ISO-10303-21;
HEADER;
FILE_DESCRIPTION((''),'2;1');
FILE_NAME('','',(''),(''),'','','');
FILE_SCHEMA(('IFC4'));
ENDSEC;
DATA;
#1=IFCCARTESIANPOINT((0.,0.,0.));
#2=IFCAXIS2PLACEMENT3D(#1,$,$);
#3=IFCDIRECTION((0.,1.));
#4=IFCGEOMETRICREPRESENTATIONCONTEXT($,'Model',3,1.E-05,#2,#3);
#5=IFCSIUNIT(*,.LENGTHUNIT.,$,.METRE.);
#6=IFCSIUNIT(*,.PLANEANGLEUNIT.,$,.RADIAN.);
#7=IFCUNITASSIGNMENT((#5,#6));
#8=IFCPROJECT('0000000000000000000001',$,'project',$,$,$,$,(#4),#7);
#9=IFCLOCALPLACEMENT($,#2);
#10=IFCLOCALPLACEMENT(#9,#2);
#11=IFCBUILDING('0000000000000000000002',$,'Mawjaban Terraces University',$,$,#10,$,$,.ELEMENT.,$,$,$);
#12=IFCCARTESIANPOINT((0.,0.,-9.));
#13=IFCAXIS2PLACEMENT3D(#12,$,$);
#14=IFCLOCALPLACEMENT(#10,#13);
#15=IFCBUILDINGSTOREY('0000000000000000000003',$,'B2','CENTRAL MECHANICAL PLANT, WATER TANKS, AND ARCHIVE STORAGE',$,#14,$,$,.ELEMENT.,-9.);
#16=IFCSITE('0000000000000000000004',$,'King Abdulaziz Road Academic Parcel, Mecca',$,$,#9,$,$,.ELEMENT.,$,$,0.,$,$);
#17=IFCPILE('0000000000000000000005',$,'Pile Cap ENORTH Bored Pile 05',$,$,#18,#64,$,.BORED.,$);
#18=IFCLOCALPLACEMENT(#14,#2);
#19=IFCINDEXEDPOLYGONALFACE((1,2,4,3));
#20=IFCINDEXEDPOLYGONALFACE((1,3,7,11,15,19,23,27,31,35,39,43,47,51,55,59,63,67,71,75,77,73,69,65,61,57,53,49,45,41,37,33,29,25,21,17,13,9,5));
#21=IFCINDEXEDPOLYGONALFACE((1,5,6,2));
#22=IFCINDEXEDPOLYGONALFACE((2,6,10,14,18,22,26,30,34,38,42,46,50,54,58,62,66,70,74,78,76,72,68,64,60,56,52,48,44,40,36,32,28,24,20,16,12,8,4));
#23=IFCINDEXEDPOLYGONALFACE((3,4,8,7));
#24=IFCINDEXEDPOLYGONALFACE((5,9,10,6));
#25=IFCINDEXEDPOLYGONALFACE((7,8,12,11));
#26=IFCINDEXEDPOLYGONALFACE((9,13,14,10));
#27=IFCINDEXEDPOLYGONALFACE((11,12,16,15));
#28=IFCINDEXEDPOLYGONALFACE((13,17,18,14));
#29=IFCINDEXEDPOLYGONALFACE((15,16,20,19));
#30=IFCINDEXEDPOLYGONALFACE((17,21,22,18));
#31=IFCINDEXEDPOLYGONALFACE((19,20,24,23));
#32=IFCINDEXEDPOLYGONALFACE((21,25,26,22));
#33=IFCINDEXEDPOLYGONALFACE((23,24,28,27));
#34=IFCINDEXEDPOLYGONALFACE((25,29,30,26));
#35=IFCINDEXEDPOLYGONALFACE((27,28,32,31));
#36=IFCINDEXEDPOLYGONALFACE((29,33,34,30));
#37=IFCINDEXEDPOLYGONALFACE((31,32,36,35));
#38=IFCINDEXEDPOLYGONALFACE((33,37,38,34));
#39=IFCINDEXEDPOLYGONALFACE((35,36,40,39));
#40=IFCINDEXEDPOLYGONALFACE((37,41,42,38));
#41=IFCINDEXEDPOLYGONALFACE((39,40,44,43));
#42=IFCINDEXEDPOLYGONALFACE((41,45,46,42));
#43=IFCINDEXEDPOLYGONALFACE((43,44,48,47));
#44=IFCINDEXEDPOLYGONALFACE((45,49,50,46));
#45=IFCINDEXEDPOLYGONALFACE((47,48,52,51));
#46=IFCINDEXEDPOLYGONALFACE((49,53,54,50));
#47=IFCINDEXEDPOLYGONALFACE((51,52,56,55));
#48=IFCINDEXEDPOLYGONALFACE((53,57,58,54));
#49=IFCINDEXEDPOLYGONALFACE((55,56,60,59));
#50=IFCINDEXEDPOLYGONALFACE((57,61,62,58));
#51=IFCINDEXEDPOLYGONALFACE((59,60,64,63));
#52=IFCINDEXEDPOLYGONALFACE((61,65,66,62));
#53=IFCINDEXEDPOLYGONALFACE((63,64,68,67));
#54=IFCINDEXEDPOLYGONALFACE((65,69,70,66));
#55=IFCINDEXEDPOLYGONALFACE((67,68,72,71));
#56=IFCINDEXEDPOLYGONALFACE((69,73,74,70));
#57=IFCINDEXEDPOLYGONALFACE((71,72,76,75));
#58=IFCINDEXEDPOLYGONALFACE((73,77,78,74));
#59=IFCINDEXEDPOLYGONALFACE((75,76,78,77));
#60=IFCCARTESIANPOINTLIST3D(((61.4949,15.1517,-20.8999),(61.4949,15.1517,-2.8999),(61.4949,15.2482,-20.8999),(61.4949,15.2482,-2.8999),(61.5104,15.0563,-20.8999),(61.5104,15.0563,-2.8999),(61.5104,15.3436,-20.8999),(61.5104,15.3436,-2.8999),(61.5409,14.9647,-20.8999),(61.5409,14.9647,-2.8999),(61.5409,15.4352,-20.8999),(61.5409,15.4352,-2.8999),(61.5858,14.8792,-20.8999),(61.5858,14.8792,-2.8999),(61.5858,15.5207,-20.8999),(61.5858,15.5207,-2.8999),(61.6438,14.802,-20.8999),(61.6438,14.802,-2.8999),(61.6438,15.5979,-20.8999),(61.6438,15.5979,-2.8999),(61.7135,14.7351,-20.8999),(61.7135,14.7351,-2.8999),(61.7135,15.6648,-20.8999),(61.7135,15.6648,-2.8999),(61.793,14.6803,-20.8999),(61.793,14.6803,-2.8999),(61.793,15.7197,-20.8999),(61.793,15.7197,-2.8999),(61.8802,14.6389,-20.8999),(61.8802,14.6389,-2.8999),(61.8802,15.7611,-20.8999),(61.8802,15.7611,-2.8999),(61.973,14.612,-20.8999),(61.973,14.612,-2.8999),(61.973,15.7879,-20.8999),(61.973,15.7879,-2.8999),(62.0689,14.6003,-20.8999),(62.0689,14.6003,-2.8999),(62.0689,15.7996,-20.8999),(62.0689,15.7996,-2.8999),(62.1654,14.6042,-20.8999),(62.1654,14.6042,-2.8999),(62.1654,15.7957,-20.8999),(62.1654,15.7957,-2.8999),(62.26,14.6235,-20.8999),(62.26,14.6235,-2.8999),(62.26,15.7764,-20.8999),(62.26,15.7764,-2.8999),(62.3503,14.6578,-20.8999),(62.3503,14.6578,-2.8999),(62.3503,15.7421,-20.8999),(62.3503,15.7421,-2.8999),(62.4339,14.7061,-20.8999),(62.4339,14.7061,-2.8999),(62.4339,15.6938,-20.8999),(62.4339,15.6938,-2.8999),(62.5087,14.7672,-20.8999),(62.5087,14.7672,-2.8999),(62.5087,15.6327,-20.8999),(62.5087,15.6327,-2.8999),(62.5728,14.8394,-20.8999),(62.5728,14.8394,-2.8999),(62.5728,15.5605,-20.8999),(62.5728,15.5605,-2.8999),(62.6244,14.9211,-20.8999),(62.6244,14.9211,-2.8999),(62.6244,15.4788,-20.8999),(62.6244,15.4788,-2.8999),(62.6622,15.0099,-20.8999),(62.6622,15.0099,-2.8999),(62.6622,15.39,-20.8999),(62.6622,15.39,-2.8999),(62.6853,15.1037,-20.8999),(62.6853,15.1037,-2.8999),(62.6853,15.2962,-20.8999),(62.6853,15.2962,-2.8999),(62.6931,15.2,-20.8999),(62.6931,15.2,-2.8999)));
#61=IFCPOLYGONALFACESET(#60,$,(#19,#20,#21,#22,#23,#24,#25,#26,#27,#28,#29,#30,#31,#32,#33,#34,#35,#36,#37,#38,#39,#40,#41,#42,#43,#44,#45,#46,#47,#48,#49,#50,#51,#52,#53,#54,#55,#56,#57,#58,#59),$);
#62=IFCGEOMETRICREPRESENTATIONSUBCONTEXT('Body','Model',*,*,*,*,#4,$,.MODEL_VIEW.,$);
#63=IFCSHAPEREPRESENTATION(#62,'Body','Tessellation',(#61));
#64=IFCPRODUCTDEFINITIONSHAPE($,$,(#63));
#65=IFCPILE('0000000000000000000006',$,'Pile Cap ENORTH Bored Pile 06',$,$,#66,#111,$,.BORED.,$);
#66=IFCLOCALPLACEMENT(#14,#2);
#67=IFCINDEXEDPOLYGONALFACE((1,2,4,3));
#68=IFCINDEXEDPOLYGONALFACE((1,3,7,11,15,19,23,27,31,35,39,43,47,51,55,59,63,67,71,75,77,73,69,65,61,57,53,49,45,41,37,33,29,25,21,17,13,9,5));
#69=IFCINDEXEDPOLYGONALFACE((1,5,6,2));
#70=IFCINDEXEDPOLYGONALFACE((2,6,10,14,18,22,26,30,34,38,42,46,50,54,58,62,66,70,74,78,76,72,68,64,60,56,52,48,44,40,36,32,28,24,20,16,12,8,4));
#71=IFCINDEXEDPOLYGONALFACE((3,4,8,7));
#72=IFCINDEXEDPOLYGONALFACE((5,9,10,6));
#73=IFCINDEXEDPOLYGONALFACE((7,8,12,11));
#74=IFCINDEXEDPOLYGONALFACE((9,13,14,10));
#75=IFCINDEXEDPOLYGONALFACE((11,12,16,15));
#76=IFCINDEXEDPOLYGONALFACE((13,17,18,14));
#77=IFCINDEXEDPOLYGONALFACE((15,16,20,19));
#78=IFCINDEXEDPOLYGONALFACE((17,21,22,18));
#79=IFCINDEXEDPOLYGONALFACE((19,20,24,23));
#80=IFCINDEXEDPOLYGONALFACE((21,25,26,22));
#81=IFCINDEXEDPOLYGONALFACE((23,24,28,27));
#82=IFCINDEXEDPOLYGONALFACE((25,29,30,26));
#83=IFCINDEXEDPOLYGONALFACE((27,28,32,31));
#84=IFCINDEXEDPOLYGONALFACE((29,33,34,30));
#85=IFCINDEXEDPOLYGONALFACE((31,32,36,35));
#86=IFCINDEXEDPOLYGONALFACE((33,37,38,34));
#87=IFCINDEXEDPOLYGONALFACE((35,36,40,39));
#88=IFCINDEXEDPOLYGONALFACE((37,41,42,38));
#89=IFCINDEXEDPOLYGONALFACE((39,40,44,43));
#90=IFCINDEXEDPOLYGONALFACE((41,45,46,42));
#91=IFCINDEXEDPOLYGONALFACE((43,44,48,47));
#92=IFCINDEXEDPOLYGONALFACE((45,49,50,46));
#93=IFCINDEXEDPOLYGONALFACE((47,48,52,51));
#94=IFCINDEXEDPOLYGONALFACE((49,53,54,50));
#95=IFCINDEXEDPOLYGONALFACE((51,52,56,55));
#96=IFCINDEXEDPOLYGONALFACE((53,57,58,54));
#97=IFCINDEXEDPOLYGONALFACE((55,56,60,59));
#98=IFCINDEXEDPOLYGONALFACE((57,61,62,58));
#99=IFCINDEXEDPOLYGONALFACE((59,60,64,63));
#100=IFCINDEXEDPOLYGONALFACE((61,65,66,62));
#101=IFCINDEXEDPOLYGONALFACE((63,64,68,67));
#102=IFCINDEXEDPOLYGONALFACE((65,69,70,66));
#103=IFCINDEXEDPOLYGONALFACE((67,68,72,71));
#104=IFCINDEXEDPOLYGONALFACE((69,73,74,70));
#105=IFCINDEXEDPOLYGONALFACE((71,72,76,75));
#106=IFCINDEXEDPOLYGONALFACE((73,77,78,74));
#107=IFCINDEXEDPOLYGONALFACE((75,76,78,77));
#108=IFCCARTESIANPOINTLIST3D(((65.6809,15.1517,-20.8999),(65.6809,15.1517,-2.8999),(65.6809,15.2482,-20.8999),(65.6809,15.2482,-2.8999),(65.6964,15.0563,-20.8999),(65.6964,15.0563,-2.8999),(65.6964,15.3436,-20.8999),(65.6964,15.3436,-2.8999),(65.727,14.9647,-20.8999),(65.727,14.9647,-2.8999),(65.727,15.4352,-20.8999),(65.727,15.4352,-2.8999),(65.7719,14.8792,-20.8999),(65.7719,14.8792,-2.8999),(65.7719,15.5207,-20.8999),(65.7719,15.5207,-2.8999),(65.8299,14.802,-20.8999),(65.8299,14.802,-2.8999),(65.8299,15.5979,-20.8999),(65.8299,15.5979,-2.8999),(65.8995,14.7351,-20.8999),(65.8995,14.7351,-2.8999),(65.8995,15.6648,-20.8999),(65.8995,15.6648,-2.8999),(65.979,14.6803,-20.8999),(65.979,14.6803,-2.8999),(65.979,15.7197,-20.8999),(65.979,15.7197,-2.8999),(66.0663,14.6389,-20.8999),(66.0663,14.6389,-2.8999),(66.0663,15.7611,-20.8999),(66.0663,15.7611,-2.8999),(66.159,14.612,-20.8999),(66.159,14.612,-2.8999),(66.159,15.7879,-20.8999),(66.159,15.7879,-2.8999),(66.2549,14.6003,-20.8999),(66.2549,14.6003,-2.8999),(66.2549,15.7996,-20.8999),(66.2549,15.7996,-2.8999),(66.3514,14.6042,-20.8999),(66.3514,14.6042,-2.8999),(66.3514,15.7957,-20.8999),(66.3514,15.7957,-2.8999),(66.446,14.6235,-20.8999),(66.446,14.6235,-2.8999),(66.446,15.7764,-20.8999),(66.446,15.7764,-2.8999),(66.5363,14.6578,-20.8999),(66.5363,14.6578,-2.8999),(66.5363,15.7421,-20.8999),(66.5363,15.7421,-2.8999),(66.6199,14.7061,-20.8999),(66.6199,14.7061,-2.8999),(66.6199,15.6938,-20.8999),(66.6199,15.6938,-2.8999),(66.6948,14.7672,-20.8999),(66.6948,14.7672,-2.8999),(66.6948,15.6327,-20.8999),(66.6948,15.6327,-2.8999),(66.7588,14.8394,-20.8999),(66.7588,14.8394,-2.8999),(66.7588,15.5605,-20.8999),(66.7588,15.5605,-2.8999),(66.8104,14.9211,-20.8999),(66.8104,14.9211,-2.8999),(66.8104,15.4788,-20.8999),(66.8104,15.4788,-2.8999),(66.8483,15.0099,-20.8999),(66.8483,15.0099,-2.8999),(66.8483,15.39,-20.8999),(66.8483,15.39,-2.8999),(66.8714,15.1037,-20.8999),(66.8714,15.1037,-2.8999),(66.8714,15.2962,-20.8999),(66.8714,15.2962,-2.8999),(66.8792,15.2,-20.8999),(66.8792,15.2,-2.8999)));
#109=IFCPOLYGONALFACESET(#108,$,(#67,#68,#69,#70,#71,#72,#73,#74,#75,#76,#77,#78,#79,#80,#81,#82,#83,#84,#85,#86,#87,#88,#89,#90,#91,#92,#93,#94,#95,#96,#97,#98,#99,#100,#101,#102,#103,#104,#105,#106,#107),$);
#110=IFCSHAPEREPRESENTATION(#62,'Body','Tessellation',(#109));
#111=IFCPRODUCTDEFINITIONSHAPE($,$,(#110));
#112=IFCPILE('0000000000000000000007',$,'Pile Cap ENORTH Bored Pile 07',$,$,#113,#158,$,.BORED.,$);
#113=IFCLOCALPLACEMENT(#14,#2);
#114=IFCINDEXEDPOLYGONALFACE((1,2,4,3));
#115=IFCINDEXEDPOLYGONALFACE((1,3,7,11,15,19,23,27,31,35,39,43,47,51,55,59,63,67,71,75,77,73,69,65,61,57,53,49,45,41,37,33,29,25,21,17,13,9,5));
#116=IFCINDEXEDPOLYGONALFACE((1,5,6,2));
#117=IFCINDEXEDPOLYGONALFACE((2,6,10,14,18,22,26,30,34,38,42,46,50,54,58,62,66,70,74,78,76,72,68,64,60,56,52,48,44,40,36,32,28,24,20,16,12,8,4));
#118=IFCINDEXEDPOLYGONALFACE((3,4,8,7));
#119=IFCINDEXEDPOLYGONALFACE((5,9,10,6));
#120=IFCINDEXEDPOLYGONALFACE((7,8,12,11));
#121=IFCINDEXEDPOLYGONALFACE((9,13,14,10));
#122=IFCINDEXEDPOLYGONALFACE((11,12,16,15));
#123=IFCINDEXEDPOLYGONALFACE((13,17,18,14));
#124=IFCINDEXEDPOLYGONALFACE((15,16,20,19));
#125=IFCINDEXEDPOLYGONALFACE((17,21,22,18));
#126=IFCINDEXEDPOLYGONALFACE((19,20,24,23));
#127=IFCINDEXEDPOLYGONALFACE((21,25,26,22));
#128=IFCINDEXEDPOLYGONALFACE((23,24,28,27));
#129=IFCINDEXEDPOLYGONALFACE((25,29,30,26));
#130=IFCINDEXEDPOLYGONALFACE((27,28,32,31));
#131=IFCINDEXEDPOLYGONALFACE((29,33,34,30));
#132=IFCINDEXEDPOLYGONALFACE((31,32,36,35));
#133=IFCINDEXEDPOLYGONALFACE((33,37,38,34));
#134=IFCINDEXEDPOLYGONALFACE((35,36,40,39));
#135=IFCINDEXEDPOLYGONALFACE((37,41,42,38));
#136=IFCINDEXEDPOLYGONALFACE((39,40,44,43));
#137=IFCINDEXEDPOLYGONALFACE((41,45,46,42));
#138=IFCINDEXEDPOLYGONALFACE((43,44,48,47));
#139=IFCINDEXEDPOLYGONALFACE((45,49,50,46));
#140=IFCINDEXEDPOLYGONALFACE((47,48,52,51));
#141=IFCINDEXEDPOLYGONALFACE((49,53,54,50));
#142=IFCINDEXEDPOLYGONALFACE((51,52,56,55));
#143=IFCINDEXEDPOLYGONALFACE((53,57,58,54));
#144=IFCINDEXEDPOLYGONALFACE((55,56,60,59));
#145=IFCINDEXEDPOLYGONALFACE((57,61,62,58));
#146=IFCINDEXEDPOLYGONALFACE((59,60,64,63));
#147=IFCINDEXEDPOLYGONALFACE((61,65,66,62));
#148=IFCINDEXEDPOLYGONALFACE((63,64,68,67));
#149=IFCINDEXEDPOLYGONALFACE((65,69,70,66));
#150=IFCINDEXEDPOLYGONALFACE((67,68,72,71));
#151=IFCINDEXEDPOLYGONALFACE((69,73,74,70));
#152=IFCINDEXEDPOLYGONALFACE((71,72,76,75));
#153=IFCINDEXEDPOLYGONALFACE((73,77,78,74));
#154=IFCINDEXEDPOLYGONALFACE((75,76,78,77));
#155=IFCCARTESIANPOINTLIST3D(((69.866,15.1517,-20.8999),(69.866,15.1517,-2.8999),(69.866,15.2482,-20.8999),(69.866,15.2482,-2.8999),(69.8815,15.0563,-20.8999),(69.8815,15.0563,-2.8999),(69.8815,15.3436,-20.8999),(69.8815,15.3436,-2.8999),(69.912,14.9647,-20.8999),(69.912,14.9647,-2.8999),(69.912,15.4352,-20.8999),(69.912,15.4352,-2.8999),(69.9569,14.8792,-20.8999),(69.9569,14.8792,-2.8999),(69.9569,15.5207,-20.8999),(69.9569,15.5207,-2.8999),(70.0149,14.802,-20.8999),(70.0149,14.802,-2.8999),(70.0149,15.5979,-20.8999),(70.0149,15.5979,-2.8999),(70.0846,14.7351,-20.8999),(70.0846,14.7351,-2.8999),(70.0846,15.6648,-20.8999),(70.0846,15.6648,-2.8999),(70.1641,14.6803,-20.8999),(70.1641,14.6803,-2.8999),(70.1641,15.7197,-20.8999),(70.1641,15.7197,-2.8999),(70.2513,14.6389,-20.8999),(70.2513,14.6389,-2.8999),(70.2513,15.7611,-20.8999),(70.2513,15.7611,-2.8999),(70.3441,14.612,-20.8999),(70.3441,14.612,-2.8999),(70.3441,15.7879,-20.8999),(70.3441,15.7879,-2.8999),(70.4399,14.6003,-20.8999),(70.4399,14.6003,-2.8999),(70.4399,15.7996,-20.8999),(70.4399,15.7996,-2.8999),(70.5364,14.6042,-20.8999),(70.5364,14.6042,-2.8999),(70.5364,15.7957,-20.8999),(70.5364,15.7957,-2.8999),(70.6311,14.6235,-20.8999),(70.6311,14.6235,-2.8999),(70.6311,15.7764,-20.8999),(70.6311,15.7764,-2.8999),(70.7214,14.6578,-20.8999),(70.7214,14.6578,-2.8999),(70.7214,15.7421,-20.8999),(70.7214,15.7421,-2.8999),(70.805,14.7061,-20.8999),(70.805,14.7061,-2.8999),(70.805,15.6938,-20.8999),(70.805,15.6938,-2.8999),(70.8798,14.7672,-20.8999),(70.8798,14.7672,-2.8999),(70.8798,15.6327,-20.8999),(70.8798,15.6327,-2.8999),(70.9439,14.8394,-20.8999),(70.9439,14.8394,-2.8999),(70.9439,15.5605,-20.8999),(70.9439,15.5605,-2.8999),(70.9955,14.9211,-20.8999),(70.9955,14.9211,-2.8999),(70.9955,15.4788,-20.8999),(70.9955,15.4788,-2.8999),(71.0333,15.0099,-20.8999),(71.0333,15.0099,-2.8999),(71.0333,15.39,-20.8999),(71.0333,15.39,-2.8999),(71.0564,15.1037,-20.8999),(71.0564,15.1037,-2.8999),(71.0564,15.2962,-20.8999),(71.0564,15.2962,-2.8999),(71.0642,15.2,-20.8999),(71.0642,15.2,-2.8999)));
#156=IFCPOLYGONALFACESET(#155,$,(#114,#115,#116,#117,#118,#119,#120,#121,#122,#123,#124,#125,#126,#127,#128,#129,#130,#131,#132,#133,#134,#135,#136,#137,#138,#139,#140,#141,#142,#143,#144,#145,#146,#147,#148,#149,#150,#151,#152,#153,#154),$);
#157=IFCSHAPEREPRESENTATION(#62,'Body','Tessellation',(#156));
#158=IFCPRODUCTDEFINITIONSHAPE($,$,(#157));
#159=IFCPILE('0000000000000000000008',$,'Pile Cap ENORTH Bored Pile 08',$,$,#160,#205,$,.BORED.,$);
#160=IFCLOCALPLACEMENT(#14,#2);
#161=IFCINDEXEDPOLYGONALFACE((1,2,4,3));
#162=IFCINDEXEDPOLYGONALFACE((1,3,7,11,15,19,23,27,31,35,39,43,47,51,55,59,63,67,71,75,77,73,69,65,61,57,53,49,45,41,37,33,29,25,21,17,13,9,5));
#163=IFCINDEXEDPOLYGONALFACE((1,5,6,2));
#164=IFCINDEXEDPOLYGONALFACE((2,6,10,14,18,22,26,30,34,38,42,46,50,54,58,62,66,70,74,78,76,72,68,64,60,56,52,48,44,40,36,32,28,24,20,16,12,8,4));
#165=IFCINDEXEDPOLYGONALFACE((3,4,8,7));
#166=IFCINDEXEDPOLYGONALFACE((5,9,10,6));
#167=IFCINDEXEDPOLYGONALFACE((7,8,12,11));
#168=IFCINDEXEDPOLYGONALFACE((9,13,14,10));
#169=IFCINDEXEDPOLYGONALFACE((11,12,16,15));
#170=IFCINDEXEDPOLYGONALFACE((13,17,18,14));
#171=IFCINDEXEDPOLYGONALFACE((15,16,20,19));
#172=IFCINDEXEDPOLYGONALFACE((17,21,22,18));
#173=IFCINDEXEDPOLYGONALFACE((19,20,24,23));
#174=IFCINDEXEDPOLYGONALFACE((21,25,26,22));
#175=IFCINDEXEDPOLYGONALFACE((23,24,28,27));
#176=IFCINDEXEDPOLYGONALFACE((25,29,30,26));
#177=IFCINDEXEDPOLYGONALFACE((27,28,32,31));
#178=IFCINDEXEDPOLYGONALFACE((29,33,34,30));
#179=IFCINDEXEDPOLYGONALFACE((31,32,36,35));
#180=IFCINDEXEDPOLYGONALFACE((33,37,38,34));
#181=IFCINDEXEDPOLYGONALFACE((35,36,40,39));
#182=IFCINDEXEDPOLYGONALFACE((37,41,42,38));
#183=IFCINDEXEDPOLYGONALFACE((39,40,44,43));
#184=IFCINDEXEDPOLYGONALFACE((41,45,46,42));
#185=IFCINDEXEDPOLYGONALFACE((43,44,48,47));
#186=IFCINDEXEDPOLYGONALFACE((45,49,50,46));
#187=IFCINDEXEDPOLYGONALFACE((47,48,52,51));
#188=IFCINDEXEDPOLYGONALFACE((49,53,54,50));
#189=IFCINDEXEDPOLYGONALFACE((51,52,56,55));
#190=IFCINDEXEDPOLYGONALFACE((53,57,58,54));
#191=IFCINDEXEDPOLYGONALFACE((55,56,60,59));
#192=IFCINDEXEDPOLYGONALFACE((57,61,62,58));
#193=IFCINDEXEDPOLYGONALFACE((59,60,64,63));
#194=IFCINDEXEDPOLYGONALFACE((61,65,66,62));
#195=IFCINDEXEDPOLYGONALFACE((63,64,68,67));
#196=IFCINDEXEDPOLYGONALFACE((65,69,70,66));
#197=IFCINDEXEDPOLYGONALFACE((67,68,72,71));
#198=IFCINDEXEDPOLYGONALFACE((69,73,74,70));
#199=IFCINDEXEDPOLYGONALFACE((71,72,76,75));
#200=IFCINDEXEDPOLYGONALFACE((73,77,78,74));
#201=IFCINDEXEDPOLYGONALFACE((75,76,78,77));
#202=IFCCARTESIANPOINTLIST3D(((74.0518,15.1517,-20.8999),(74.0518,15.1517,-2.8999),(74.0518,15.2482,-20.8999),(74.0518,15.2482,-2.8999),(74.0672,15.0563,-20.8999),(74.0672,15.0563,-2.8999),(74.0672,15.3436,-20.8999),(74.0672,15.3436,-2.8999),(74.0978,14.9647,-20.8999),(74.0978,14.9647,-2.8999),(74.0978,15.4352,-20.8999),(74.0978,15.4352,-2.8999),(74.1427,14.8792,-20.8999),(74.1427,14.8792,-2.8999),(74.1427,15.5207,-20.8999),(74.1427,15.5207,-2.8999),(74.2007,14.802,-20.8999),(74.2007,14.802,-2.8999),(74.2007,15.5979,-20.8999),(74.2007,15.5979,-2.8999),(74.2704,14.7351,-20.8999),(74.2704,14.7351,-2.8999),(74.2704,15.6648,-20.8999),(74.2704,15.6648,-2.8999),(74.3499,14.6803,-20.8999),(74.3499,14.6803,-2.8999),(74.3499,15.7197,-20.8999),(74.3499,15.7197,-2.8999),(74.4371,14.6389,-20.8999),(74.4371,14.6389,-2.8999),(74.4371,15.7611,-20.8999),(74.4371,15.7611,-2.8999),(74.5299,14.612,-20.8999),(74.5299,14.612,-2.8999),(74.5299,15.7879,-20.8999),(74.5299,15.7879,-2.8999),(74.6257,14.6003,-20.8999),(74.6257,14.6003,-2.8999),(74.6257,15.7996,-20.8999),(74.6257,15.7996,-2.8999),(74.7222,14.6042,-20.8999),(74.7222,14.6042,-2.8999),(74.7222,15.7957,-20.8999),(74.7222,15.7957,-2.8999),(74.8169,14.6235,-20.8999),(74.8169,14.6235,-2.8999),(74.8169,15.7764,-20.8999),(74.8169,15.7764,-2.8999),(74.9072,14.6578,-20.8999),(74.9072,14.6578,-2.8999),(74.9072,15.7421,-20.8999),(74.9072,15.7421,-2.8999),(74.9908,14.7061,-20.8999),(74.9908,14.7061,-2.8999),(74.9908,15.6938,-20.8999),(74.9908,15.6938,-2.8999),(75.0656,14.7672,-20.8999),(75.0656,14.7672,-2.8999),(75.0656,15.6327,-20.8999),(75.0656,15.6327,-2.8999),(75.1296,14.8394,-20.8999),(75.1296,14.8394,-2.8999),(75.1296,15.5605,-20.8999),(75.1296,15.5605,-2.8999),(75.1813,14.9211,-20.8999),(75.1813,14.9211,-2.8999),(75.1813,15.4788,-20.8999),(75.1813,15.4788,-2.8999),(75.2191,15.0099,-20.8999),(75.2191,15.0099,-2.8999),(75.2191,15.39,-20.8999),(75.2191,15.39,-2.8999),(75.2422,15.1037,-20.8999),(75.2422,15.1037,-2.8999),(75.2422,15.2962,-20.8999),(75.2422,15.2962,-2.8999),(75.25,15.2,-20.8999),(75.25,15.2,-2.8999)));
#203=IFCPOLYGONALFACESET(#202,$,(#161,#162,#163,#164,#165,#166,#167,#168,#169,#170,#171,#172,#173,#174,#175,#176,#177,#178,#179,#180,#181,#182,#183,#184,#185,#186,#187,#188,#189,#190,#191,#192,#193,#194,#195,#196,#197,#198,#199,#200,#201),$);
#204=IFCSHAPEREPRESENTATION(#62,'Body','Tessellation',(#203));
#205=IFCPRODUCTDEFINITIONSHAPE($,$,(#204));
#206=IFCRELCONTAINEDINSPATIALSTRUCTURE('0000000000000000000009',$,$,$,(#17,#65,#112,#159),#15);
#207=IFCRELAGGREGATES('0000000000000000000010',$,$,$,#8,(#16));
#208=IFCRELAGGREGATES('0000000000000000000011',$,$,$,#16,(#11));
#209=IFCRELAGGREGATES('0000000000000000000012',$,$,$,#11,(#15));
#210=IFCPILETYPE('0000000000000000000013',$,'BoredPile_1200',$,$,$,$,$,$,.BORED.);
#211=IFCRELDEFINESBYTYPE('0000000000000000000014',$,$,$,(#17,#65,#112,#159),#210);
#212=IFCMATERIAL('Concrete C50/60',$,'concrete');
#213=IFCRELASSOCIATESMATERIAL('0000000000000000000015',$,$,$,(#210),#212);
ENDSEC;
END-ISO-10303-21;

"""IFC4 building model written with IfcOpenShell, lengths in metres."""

from ifc_helpers import new_model, si_unit, direction, frame, origin, origin_2d, place, context, subcontext, project, spatial, circle, extrude, material, material_profile, profile_set, type_object, element, save


model = new_model("IFC4")

# Units and contexts
model_context = context("Model", 3, precision=1e-05, world=origin(), true_north=direction((0.0, 1.0)))
body_context = subcontext(model_context, "Body", "Model", "MODEL_VIEW")
ifc_project = project(units=[si_unit("LENGTHUNIT", "METRE"), si_unit("PLANEANGLEUNIT", "RADIAN")], contexts=[model_context])

# Site, building, storey
site_placement = place(None, origin())
site = spatial("IfcSite", under=ifc_project, at=site_placement, Name="King Abdulaziz Road Academic Parcel, Mecca", CompositionType="ELEMENT", RefElevation=0.0)
building_placement = place(site_placement, origin())
building = spatial("IfcBuilding", under=site, at=building_placement, Name="Mawjaban Terraces University", CompositionType="ELEMENT")
storey_placement = place(building_placement, frame((0.0, 0.0, -9.0)))
storey = spatial("IfcBuildingStorey", under=building, at=storey_placement, Name="B2", Description="CENTRAL MECHANICAL PLANT, WATER TANKS, AND ARCHIVE STORAGE", CompositionType="ELEMENT", Elevation=-9.0)

# Piles
ifc_material_1 = material(Name="Concrete C50/60", Category="concrete")
ifc_material_profile_1 = material_profile(ifc_material_1, circle(Radius=0.6001, at=origin_2d()), Name="PILE1200")
ifc_profile_set_1 = profile_set([ifc_material_profile_1], Name="Concrete C50/60")
pile_type = type_object("IfcPileType", Name="BoredPile_1200", PredefinedType="BORED", material=ifc_profile_set_1)
for number, where, z_axis, x_axis, name in (
    (1, (62.093, 15.2, -2.8999), (0.0, 0.0, -1.0), (1.0, 0.0, 0.0), "Pile Cap ENORTH Bored Pile 05"),
    (2, (66.2791, 15.2, -2.8999), (0.0, 0.0, -1.0), (1.0, 0.0, 0.0), "Pile Cap ENORTH Bored Pile 06"),
    (3, (70.4641, 15.2, -2.8999), (0.0, 0.0, -1.0), (1.0, 0.0, 0.0), "Pile Cap ENORTH Bored Pile 07"),
    (4, (74.6499, 15.2, -2.8999), (0.0, 0.0, -1.0), (1.0, 0.0, 0.0), "Pile Cap ENORTH Bored Pile 08"),
):
    element("IfcPile", number, at=place(storey_placement, frame(where, z_axis=z_axis, x_axis=x_axis)), inside=storey, type_object=pile_type, Name=name, PredefinedType="BORED", context=body_context, shape_type="SweptSolid", body=[
        extrude(circle(Radius=0.6001, at=origin_2d()), origin(), (0.0, 0.0, 1.0), 18.0),
    ])

save(model, "model.ifc")
